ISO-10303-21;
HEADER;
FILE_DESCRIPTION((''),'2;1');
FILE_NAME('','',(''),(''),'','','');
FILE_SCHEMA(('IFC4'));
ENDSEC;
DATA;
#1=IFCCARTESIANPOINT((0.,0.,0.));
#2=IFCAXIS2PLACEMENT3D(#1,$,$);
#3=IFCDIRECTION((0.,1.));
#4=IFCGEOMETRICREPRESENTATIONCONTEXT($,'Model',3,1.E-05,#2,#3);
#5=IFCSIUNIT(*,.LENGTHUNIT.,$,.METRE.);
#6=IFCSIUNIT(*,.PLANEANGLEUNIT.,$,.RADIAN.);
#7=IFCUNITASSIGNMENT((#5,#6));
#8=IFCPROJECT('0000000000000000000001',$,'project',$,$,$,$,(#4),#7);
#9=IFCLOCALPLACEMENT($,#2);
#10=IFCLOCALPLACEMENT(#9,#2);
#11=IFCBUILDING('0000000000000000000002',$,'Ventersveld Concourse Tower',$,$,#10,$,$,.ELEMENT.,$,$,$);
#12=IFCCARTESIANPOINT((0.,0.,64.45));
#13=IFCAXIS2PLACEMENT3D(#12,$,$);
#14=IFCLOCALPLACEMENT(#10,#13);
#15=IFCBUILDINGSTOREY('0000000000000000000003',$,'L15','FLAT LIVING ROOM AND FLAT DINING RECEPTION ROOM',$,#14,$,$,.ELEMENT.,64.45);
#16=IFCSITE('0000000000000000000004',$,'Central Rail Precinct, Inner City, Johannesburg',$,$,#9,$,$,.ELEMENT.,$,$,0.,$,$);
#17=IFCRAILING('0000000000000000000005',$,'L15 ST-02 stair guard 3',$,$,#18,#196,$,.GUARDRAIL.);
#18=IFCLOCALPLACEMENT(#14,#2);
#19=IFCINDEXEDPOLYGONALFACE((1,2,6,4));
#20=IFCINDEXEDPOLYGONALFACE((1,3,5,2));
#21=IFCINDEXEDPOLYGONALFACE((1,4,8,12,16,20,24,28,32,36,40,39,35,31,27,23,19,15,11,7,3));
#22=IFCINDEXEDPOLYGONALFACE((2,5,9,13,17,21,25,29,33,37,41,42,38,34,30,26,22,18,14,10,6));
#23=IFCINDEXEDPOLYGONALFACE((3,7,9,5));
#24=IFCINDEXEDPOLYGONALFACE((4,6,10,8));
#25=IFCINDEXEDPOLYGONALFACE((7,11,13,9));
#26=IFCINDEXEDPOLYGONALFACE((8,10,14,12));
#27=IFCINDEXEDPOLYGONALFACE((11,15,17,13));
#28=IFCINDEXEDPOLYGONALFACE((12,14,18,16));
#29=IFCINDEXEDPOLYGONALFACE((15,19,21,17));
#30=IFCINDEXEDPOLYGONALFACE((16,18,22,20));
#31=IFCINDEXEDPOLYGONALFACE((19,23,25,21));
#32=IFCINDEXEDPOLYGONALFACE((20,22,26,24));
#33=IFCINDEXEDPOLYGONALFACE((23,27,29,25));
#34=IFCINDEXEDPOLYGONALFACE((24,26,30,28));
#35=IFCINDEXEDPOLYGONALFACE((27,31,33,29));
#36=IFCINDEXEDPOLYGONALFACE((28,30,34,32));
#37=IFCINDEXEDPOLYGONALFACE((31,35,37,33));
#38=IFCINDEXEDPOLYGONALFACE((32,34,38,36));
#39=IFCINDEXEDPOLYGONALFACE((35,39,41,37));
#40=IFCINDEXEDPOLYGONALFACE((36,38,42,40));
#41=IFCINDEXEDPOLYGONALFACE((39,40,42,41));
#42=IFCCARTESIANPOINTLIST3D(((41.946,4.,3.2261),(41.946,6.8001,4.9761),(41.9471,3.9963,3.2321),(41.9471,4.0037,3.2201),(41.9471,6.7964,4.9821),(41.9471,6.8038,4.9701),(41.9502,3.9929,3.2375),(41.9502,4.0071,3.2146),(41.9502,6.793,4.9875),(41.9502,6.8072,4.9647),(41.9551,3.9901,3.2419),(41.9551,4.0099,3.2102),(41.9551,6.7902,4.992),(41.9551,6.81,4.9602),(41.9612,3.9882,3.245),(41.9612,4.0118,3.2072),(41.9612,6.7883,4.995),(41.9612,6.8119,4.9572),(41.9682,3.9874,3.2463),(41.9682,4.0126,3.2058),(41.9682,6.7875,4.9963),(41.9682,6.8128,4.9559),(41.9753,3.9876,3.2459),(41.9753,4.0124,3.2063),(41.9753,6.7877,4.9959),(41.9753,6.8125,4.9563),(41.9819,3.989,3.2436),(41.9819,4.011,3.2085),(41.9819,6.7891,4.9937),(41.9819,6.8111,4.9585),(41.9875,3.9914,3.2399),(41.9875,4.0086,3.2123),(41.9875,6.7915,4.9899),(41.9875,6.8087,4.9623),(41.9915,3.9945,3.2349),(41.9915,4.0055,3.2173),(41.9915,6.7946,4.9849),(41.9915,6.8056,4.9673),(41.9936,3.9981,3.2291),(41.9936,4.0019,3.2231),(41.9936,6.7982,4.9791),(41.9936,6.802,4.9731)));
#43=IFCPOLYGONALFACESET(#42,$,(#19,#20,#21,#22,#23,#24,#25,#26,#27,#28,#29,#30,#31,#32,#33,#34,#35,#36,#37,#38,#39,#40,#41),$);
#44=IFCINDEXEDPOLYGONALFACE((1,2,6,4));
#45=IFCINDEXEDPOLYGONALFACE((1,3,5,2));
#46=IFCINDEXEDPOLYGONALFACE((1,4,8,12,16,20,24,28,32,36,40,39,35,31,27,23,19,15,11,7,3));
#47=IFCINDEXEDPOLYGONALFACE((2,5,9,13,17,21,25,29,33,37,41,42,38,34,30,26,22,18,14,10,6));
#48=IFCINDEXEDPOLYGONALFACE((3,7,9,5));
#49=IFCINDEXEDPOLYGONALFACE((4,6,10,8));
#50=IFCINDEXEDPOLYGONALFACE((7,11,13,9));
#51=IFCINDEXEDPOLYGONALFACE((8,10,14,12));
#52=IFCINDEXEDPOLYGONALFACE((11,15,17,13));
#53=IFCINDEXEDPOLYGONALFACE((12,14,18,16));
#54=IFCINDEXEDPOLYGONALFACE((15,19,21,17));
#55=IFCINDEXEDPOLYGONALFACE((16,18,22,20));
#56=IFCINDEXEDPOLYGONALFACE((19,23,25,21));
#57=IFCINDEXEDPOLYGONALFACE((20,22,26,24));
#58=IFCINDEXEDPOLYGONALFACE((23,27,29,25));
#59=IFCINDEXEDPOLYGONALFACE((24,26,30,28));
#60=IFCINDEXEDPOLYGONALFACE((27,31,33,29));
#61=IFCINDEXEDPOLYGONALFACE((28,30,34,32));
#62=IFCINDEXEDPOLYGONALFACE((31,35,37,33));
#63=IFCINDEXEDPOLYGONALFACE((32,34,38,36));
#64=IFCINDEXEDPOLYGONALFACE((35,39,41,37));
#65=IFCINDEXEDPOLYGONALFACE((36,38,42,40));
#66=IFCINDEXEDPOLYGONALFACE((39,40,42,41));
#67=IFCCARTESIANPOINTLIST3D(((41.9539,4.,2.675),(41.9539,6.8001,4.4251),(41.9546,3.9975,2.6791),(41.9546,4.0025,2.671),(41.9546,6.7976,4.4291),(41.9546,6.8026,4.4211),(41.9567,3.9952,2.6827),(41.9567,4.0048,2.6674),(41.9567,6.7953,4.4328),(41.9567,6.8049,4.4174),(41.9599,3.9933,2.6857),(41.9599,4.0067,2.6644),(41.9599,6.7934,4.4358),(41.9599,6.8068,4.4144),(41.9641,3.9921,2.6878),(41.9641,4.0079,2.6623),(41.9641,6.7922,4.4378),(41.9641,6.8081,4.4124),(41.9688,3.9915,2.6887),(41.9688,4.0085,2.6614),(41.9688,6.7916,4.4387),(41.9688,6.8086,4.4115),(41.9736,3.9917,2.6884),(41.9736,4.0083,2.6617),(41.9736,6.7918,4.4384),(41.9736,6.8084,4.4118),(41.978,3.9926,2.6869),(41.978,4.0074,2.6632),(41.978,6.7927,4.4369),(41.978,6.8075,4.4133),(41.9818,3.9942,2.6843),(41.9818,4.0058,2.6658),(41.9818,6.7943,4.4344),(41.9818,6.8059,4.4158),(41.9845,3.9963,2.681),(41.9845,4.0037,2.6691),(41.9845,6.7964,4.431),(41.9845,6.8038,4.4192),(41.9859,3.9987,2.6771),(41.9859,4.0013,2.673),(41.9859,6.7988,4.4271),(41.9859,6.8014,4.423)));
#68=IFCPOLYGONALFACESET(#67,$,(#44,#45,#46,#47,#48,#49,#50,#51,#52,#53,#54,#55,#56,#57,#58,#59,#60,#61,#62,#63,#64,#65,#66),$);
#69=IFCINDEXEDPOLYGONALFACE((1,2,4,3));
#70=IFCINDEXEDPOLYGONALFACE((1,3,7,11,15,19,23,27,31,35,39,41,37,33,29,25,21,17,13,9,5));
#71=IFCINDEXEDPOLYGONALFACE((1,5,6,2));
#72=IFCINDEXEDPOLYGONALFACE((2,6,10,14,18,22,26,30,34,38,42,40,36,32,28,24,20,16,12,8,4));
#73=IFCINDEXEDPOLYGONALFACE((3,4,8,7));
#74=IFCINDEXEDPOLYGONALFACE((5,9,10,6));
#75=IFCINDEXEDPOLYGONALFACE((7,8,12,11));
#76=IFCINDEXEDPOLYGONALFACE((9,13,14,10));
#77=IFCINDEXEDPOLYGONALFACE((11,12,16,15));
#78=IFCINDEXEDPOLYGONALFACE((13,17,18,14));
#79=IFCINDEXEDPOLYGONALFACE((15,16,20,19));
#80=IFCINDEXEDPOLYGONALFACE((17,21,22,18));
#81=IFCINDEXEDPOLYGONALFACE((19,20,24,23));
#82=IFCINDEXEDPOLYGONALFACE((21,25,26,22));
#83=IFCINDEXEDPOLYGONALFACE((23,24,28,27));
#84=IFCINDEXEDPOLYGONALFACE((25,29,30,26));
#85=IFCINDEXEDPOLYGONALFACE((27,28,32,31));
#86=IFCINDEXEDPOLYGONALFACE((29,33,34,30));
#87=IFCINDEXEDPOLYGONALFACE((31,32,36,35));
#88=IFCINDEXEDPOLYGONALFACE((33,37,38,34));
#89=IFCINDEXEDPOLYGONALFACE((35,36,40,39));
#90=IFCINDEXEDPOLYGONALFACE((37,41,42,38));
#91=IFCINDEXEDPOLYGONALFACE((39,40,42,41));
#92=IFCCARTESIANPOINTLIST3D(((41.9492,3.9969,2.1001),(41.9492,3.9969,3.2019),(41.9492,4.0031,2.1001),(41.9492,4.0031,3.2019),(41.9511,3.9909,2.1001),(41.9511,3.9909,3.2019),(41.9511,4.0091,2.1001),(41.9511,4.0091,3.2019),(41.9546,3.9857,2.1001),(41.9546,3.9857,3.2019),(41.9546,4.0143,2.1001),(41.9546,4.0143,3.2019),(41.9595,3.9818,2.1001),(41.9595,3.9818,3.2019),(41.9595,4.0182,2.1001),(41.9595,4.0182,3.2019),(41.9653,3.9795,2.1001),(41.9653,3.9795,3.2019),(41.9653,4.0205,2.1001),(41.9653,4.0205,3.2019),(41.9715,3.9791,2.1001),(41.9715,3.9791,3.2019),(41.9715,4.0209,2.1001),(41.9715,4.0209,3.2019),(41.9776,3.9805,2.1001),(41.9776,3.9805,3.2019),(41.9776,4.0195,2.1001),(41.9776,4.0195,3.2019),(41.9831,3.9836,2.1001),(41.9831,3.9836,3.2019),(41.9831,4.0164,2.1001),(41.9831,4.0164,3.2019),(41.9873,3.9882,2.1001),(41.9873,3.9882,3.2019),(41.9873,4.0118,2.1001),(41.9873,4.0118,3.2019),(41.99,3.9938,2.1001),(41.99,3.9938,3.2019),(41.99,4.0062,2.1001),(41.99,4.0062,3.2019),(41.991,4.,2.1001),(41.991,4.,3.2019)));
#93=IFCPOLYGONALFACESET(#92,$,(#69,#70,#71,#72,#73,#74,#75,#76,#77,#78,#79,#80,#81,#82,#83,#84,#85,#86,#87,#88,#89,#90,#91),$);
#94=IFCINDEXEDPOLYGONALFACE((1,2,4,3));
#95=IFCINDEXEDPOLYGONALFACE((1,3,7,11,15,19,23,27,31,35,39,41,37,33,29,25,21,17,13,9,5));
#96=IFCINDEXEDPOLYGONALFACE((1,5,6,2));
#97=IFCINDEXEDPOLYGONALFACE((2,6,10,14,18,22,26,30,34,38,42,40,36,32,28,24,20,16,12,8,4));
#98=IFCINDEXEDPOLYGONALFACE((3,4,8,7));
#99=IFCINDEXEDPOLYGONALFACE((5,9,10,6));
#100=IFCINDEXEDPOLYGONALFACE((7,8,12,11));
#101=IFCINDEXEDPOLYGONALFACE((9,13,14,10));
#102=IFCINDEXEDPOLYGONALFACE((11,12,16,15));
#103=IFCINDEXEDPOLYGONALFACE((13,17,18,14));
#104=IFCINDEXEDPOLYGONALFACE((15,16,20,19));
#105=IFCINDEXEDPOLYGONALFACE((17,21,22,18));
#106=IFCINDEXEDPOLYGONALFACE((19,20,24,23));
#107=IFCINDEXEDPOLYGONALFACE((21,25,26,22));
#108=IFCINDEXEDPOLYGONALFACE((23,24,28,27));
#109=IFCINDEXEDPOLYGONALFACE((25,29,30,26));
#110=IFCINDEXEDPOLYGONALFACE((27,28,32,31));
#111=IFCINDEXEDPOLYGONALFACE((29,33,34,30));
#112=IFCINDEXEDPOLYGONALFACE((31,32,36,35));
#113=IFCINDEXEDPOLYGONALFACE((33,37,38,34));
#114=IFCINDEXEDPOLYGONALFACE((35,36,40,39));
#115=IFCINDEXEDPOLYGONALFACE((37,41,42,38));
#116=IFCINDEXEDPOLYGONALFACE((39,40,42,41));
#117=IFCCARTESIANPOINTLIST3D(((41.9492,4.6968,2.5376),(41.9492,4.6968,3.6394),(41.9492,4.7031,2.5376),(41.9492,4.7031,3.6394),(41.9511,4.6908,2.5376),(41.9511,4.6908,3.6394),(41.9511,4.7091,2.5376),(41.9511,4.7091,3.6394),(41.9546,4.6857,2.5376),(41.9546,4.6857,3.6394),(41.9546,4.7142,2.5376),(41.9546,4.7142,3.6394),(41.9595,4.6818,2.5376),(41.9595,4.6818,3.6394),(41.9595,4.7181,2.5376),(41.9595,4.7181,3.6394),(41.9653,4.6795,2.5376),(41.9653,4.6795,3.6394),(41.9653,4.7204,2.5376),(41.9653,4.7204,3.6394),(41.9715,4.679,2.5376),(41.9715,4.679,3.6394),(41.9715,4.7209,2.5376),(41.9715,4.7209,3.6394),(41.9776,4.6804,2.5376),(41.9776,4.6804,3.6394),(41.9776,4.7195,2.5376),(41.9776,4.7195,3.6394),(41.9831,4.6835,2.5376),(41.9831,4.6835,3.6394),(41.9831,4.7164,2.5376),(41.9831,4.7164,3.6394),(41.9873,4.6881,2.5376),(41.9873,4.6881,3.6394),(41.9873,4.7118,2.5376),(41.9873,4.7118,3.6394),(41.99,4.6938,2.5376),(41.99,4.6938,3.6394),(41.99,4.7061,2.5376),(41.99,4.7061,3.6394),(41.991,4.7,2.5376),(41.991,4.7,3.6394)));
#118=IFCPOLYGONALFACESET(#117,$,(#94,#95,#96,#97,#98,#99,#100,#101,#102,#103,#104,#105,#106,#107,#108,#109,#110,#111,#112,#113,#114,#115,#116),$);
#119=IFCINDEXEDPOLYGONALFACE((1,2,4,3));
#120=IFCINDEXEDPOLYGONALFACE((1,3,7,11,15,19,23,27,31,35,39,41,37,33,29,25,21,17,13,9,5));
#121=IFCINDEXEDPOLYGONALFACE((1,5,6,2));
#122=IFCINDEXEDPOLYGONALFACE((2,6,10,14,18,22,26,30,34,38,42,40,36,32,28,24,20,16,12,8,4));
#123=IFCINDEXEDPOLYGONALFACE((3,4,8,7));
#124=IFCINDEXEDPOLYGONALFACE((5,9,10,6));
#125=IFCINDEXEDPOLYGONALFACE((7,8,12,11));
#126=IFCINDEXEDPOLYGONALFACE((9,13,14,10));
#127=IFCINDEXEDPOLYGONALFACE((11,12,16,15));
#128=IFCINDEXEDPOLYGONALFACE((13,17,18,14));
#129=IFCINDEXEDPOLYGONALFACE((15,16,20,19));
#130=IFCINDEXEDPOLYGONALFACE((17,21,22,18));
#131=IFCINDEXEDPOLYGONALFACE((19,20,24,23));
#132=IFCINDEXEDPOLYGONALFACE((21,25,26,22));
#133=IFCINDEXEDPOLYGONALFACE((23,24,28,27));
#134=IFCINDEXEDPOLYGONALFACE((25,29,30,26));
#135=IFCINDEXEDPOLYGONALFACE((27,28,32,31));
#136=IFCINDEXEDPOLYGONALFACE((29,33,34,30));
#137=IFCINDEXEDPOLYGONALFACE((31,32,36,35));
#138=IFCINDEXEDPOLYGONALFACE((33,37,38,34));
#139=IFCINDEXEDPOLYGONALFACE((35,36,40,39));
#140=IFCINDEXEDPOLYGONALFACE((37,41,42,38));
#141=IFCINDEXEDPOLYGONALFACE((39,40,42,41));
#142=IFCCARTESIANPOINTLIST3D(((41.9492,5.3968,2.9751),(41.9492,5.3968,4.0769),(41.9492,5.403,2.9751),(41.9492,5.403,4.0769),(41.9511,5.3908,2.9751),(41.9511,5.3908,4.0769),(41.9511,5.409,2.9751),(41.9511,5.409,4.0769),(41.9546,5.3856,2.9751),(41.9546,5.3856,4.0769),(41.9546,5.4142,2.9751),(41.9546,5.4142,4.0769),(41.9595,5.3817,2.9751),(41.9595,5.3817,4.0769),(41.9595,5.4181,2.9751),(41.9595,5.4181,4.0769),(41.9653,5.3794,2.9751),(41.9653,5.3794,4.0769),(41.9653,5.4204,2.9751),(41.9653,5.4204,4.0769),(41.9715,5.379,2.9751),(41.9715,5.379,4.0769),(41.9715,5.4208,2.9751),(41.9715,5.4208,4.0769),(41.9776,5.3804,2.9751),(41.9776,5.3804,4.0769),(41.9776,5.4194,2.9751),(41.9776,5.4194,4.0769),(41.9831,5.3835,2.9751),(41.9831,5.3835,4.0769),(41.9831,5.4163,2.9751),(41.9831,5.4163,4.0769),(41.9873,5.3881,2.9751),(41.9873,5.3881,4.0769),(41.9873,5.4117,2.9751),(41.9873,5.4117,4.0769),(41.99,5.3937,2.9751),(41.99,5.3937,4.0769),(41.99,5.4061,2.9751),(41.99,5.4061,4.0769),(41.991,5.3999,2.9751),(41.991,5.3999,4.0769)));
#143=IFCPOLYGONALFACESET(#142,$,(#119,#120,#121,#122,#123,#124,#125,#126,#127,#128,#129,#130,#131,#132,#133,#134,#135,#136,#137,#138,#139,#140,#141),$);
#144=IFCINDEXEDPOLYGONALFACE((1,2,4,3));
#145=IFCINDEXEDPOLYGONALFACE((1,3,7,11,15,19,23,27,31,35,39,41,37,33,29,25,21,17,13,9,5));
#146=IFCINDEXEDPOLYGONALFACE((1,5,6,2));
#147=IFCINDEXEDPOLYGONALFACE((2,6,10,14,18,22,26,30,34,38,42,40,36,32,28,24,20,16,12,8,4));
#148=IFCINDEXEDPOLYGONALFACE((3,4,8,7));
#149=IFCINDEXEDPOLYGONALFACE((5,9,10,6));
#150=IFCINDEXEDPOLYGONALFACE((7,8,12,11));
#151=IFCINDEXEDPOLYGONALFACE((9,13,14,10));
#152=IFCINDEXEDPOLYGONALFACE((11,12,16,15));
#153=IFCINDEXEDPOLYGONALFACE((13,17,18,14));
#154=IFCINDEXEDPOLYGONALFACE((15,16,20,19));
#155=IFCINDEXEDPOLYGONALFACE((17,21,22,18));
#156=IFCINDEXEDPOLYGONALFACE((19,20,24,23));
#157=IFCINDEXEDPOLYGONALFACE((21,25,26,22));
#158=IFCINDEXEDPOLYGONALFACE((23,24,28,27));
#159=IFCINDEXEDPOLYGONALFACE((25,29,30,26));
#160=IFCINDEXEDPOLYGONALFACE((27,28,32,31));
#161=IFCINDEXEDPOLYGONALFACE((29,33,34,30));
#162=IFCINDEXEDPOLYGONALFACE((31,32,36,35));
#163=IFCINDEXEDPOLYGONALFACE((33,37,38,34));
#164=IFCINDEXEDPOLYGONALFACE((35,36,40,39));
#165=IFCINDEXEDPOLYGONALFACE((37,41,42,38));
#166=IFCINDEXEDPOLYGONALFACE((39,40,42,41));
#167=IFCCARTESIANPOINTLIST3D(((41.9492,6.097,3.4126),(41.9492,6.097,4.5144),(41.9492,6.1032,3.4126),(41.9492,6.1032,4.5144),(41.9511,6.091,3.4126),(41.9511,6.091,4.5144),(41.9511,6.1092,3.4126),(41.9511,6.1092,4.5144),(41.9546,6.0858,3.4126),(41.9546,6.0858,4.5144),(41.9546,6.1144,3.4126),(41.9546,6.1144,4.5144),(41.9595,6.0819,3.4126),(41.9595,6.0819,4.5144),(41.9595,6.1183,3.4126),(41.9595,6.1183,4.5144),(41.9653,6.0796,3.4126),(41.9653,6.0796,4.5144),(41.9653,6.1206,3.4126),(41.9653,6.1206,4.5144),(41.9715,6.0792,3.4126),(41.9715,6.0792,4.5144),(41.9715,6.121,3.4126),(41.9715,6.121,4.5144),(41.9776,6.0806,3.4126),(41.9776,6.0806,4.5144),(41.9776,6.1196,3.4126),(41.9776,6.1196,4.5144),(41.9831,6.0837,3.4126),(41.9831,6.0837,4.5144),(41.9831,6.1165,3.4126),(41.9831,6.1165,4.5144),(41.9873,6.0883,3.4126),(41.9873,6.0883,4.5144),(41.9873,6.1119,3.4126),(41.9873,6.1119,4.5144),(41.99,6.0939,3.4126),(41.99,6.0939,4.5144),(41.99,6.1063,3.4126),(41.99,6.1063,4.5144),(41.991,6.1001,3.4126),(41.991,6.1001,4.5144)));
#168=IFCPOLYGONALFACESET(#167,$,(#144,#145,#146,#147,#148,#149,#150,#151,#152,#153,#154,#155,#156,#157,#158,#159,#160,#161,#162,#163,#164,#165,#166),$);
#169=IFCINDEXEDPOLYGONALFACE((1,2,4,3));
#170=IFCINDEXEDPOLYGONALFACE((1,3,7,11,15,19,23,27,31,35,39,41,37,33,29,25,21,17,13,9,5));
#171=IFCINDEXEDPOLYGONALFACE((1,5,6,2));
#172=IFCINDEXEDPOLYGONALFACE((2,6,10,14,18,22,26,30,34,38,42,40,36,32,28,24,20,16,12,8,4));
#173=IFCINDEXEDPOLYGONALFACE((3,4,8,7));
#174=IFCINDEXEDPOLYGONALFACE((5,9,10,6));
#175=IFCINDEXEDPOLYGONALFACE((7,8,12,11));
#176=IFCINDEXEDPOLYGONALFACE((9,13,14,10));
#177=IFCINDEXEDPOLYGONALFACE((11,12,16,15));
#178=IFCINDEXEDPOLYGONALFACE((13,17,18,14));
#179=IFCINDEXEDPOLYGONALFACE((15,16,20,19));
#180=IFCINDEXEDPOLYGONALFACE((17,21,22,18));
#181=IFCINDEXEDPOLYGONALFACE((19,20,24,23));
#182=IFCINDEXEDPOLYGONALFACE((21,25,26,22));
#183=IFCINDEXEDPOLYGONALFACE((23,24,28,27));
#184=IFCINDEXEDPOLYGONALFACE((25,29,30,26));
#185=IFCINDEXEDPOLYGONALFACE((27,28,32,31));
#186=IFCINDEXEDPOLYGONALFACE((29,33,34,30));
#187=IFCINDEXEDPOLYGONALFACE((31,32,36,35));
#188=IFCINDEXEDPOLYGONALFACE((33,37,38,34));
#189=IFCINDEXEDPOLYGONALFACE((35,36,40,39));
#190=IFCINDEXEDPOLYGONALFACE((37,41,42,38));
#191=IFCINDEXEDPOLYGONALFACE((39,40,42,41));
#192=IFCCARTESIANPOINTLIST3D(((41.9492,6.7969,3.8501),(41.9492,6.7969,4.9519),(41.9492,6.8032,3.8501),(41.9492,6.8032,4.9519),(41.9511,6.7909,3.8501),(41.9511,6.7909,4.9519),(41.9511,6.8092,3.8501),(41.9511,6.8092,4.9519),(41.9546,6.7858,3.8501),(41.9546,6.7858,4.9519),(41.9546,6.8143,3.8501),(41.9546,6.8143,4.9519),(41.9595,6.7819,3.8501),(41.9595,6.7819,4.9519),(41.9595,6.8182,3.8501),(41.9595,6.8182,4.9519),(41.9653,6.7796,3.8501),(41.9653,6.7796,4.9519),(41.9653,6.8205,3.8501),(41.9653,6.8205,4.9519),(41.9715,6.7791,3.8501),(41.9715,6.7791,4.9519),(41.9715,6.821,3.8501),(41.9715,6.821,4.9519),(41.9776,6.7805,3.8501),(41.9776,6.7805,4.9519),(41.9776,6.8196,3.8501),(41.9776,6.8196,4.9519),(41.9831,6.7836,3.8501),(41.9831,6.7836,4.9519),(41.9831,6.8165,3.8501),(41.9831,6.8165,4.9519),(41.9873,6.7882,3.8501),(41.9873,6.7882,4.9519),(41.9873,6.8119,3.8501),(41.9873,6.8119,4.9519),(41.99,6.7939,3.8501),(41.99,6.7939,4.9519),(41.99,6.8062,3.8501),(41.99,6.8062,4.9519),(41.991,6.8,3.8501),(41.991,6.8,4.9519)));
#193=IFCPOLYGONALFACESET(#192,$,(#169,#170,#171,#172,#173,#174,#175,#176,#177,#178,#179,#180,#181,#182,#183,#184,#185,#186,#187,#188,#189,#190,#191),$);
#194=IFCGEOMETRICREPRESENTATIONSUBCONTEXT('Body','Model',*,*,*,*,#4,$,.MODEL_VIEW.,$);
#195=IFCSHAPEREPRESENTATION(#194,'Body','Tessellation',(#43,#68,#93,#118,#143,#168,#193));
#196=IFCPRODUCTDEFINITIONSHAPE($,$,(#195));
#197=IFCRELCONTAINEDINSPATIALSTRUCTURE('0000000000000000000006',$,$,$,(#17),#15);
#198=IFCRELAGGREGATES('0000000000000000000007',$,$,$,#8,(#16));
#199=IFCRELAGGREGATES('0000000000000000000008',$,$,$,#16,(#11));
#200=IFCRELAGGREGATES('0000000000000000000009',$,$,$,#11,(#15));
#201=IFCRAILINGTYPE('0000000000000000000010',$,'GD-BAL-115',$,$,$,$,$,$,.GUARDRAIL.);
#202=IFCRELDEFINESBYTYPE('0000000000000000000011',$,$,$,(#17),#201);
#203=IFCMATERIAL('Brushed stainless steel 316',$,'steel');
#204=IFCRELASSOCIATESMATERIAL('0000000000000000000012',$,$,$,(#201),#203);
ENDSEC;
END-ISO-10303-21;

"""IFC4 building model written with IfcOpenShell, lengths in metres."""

from ifc_helpers import new_model, si_unit, direction, frame, origin, origin_2d, place, context, subcontext, project, spatial, circle, extrude, material, type_object, element, save


model = new_model("IFC4")

# Units and contexts
model_context = context("Model", 3, precision=1e-05, world=origin(), true_north=direction((0.0, 1.0)))
body_context = subcontext(model_context, "Body", "Model", "MODEL_VIEW")
ifc_project = project(units=[si_unit("LENGTHUNIT", "METRE"), si_unit("PLANEANGLEUNIT", "RADIAN")], contexts=[model_context])

# Site, building, storey
site_placement = place(None, origin())
site = spatial("IfcSite", under=ifc_project, at=site_placement, Name="Central Rail Precinct, Inner City, Johannesburg", CompositionType="ELEMENT", RefElevation=0.0)
building_placement = place(site_placement, origin())
building = spatial("IfcBuilding", under=site, at=building_placement, Name="Ventersveld Concourse Tower", CompositionType="ELEMENT")
storey_placement = place(building_placement, frame((0.0, 0.0, 64.45)))
storey = spatial("IfcBuildingStorey", under=building, at=storey_placement, Name="L15", Description="FLAT LIVING ROOM AND FLAT DINING RECEPTION ROOM", CompositionType="ELEMENT", Elevation=64.45)

# Railing
ifc_material_1 = material(Name="Brushed stainless steel 316", Category="steel")
railing_type_1 = type_object("IfcRailingType", Name="GD-BAL-115", PredefinedType="GUARDRAIL", material=ifc_material_1)
railing_1_placement = place(storey_placement, frame((41.97, 4.0, 2.1001)))
element("IfcRailing", 1, at=railing_1_placement, inside=storey, type_object=railing_type_1, Name="L15 ST-02 stair guard 3", PredefinedType="GUARDRAIL", context=body_context, shape_type="SweptSolid", body=[
    extrude(circle(Radius=0.0239, at=origin_2d()), frame((0.0, 0.0, 1.126), z_axis=(0.0, 0.848002, 0.529992), x_axis=(-1.0, 0.0, 0.0)), (0.0, 0.0, 1.0), 3.302),
    extrude(circle(Radius=0.0161, at=origin_2d()), frame((0.0, 0.0, 0.575), z_axis=(0.0, 0.848002, 0.529992), x_axis=(-1.0, 0.0, 0.0)), (0.0, 0.0, 1.0), 3.302),
    extrude(circle(Radius=0.021, at=origin_2d()), origin(), (0.0, 0.0, 1.0), 1.1018),
    extrude(circle(Radius=0.021, at=origin_2d()), frame((0.0, 0.7, 0.4375)), (0.0, 0.0, 1.0), 1.1018),
    extrude(circle(Radius=0.021, at=origin_2d()), frame((0.0, 1.3999, 0.875)), (0.0, 0.0, 1.0), 1.1018),
    extrude(circle(Radius=0.021, at=origin_2d()), frame((0.0, 2.1001, 1.3125)), (0.0, 0.0, 1.0), 1.1018),
    extrude(circle(Radius=0.021, at=origin_2d()), frame((0.0, 2.8, 1.75)), (0.0, 0.0, 1.0), 1.1018),
])

save(model, "model.ifc")
